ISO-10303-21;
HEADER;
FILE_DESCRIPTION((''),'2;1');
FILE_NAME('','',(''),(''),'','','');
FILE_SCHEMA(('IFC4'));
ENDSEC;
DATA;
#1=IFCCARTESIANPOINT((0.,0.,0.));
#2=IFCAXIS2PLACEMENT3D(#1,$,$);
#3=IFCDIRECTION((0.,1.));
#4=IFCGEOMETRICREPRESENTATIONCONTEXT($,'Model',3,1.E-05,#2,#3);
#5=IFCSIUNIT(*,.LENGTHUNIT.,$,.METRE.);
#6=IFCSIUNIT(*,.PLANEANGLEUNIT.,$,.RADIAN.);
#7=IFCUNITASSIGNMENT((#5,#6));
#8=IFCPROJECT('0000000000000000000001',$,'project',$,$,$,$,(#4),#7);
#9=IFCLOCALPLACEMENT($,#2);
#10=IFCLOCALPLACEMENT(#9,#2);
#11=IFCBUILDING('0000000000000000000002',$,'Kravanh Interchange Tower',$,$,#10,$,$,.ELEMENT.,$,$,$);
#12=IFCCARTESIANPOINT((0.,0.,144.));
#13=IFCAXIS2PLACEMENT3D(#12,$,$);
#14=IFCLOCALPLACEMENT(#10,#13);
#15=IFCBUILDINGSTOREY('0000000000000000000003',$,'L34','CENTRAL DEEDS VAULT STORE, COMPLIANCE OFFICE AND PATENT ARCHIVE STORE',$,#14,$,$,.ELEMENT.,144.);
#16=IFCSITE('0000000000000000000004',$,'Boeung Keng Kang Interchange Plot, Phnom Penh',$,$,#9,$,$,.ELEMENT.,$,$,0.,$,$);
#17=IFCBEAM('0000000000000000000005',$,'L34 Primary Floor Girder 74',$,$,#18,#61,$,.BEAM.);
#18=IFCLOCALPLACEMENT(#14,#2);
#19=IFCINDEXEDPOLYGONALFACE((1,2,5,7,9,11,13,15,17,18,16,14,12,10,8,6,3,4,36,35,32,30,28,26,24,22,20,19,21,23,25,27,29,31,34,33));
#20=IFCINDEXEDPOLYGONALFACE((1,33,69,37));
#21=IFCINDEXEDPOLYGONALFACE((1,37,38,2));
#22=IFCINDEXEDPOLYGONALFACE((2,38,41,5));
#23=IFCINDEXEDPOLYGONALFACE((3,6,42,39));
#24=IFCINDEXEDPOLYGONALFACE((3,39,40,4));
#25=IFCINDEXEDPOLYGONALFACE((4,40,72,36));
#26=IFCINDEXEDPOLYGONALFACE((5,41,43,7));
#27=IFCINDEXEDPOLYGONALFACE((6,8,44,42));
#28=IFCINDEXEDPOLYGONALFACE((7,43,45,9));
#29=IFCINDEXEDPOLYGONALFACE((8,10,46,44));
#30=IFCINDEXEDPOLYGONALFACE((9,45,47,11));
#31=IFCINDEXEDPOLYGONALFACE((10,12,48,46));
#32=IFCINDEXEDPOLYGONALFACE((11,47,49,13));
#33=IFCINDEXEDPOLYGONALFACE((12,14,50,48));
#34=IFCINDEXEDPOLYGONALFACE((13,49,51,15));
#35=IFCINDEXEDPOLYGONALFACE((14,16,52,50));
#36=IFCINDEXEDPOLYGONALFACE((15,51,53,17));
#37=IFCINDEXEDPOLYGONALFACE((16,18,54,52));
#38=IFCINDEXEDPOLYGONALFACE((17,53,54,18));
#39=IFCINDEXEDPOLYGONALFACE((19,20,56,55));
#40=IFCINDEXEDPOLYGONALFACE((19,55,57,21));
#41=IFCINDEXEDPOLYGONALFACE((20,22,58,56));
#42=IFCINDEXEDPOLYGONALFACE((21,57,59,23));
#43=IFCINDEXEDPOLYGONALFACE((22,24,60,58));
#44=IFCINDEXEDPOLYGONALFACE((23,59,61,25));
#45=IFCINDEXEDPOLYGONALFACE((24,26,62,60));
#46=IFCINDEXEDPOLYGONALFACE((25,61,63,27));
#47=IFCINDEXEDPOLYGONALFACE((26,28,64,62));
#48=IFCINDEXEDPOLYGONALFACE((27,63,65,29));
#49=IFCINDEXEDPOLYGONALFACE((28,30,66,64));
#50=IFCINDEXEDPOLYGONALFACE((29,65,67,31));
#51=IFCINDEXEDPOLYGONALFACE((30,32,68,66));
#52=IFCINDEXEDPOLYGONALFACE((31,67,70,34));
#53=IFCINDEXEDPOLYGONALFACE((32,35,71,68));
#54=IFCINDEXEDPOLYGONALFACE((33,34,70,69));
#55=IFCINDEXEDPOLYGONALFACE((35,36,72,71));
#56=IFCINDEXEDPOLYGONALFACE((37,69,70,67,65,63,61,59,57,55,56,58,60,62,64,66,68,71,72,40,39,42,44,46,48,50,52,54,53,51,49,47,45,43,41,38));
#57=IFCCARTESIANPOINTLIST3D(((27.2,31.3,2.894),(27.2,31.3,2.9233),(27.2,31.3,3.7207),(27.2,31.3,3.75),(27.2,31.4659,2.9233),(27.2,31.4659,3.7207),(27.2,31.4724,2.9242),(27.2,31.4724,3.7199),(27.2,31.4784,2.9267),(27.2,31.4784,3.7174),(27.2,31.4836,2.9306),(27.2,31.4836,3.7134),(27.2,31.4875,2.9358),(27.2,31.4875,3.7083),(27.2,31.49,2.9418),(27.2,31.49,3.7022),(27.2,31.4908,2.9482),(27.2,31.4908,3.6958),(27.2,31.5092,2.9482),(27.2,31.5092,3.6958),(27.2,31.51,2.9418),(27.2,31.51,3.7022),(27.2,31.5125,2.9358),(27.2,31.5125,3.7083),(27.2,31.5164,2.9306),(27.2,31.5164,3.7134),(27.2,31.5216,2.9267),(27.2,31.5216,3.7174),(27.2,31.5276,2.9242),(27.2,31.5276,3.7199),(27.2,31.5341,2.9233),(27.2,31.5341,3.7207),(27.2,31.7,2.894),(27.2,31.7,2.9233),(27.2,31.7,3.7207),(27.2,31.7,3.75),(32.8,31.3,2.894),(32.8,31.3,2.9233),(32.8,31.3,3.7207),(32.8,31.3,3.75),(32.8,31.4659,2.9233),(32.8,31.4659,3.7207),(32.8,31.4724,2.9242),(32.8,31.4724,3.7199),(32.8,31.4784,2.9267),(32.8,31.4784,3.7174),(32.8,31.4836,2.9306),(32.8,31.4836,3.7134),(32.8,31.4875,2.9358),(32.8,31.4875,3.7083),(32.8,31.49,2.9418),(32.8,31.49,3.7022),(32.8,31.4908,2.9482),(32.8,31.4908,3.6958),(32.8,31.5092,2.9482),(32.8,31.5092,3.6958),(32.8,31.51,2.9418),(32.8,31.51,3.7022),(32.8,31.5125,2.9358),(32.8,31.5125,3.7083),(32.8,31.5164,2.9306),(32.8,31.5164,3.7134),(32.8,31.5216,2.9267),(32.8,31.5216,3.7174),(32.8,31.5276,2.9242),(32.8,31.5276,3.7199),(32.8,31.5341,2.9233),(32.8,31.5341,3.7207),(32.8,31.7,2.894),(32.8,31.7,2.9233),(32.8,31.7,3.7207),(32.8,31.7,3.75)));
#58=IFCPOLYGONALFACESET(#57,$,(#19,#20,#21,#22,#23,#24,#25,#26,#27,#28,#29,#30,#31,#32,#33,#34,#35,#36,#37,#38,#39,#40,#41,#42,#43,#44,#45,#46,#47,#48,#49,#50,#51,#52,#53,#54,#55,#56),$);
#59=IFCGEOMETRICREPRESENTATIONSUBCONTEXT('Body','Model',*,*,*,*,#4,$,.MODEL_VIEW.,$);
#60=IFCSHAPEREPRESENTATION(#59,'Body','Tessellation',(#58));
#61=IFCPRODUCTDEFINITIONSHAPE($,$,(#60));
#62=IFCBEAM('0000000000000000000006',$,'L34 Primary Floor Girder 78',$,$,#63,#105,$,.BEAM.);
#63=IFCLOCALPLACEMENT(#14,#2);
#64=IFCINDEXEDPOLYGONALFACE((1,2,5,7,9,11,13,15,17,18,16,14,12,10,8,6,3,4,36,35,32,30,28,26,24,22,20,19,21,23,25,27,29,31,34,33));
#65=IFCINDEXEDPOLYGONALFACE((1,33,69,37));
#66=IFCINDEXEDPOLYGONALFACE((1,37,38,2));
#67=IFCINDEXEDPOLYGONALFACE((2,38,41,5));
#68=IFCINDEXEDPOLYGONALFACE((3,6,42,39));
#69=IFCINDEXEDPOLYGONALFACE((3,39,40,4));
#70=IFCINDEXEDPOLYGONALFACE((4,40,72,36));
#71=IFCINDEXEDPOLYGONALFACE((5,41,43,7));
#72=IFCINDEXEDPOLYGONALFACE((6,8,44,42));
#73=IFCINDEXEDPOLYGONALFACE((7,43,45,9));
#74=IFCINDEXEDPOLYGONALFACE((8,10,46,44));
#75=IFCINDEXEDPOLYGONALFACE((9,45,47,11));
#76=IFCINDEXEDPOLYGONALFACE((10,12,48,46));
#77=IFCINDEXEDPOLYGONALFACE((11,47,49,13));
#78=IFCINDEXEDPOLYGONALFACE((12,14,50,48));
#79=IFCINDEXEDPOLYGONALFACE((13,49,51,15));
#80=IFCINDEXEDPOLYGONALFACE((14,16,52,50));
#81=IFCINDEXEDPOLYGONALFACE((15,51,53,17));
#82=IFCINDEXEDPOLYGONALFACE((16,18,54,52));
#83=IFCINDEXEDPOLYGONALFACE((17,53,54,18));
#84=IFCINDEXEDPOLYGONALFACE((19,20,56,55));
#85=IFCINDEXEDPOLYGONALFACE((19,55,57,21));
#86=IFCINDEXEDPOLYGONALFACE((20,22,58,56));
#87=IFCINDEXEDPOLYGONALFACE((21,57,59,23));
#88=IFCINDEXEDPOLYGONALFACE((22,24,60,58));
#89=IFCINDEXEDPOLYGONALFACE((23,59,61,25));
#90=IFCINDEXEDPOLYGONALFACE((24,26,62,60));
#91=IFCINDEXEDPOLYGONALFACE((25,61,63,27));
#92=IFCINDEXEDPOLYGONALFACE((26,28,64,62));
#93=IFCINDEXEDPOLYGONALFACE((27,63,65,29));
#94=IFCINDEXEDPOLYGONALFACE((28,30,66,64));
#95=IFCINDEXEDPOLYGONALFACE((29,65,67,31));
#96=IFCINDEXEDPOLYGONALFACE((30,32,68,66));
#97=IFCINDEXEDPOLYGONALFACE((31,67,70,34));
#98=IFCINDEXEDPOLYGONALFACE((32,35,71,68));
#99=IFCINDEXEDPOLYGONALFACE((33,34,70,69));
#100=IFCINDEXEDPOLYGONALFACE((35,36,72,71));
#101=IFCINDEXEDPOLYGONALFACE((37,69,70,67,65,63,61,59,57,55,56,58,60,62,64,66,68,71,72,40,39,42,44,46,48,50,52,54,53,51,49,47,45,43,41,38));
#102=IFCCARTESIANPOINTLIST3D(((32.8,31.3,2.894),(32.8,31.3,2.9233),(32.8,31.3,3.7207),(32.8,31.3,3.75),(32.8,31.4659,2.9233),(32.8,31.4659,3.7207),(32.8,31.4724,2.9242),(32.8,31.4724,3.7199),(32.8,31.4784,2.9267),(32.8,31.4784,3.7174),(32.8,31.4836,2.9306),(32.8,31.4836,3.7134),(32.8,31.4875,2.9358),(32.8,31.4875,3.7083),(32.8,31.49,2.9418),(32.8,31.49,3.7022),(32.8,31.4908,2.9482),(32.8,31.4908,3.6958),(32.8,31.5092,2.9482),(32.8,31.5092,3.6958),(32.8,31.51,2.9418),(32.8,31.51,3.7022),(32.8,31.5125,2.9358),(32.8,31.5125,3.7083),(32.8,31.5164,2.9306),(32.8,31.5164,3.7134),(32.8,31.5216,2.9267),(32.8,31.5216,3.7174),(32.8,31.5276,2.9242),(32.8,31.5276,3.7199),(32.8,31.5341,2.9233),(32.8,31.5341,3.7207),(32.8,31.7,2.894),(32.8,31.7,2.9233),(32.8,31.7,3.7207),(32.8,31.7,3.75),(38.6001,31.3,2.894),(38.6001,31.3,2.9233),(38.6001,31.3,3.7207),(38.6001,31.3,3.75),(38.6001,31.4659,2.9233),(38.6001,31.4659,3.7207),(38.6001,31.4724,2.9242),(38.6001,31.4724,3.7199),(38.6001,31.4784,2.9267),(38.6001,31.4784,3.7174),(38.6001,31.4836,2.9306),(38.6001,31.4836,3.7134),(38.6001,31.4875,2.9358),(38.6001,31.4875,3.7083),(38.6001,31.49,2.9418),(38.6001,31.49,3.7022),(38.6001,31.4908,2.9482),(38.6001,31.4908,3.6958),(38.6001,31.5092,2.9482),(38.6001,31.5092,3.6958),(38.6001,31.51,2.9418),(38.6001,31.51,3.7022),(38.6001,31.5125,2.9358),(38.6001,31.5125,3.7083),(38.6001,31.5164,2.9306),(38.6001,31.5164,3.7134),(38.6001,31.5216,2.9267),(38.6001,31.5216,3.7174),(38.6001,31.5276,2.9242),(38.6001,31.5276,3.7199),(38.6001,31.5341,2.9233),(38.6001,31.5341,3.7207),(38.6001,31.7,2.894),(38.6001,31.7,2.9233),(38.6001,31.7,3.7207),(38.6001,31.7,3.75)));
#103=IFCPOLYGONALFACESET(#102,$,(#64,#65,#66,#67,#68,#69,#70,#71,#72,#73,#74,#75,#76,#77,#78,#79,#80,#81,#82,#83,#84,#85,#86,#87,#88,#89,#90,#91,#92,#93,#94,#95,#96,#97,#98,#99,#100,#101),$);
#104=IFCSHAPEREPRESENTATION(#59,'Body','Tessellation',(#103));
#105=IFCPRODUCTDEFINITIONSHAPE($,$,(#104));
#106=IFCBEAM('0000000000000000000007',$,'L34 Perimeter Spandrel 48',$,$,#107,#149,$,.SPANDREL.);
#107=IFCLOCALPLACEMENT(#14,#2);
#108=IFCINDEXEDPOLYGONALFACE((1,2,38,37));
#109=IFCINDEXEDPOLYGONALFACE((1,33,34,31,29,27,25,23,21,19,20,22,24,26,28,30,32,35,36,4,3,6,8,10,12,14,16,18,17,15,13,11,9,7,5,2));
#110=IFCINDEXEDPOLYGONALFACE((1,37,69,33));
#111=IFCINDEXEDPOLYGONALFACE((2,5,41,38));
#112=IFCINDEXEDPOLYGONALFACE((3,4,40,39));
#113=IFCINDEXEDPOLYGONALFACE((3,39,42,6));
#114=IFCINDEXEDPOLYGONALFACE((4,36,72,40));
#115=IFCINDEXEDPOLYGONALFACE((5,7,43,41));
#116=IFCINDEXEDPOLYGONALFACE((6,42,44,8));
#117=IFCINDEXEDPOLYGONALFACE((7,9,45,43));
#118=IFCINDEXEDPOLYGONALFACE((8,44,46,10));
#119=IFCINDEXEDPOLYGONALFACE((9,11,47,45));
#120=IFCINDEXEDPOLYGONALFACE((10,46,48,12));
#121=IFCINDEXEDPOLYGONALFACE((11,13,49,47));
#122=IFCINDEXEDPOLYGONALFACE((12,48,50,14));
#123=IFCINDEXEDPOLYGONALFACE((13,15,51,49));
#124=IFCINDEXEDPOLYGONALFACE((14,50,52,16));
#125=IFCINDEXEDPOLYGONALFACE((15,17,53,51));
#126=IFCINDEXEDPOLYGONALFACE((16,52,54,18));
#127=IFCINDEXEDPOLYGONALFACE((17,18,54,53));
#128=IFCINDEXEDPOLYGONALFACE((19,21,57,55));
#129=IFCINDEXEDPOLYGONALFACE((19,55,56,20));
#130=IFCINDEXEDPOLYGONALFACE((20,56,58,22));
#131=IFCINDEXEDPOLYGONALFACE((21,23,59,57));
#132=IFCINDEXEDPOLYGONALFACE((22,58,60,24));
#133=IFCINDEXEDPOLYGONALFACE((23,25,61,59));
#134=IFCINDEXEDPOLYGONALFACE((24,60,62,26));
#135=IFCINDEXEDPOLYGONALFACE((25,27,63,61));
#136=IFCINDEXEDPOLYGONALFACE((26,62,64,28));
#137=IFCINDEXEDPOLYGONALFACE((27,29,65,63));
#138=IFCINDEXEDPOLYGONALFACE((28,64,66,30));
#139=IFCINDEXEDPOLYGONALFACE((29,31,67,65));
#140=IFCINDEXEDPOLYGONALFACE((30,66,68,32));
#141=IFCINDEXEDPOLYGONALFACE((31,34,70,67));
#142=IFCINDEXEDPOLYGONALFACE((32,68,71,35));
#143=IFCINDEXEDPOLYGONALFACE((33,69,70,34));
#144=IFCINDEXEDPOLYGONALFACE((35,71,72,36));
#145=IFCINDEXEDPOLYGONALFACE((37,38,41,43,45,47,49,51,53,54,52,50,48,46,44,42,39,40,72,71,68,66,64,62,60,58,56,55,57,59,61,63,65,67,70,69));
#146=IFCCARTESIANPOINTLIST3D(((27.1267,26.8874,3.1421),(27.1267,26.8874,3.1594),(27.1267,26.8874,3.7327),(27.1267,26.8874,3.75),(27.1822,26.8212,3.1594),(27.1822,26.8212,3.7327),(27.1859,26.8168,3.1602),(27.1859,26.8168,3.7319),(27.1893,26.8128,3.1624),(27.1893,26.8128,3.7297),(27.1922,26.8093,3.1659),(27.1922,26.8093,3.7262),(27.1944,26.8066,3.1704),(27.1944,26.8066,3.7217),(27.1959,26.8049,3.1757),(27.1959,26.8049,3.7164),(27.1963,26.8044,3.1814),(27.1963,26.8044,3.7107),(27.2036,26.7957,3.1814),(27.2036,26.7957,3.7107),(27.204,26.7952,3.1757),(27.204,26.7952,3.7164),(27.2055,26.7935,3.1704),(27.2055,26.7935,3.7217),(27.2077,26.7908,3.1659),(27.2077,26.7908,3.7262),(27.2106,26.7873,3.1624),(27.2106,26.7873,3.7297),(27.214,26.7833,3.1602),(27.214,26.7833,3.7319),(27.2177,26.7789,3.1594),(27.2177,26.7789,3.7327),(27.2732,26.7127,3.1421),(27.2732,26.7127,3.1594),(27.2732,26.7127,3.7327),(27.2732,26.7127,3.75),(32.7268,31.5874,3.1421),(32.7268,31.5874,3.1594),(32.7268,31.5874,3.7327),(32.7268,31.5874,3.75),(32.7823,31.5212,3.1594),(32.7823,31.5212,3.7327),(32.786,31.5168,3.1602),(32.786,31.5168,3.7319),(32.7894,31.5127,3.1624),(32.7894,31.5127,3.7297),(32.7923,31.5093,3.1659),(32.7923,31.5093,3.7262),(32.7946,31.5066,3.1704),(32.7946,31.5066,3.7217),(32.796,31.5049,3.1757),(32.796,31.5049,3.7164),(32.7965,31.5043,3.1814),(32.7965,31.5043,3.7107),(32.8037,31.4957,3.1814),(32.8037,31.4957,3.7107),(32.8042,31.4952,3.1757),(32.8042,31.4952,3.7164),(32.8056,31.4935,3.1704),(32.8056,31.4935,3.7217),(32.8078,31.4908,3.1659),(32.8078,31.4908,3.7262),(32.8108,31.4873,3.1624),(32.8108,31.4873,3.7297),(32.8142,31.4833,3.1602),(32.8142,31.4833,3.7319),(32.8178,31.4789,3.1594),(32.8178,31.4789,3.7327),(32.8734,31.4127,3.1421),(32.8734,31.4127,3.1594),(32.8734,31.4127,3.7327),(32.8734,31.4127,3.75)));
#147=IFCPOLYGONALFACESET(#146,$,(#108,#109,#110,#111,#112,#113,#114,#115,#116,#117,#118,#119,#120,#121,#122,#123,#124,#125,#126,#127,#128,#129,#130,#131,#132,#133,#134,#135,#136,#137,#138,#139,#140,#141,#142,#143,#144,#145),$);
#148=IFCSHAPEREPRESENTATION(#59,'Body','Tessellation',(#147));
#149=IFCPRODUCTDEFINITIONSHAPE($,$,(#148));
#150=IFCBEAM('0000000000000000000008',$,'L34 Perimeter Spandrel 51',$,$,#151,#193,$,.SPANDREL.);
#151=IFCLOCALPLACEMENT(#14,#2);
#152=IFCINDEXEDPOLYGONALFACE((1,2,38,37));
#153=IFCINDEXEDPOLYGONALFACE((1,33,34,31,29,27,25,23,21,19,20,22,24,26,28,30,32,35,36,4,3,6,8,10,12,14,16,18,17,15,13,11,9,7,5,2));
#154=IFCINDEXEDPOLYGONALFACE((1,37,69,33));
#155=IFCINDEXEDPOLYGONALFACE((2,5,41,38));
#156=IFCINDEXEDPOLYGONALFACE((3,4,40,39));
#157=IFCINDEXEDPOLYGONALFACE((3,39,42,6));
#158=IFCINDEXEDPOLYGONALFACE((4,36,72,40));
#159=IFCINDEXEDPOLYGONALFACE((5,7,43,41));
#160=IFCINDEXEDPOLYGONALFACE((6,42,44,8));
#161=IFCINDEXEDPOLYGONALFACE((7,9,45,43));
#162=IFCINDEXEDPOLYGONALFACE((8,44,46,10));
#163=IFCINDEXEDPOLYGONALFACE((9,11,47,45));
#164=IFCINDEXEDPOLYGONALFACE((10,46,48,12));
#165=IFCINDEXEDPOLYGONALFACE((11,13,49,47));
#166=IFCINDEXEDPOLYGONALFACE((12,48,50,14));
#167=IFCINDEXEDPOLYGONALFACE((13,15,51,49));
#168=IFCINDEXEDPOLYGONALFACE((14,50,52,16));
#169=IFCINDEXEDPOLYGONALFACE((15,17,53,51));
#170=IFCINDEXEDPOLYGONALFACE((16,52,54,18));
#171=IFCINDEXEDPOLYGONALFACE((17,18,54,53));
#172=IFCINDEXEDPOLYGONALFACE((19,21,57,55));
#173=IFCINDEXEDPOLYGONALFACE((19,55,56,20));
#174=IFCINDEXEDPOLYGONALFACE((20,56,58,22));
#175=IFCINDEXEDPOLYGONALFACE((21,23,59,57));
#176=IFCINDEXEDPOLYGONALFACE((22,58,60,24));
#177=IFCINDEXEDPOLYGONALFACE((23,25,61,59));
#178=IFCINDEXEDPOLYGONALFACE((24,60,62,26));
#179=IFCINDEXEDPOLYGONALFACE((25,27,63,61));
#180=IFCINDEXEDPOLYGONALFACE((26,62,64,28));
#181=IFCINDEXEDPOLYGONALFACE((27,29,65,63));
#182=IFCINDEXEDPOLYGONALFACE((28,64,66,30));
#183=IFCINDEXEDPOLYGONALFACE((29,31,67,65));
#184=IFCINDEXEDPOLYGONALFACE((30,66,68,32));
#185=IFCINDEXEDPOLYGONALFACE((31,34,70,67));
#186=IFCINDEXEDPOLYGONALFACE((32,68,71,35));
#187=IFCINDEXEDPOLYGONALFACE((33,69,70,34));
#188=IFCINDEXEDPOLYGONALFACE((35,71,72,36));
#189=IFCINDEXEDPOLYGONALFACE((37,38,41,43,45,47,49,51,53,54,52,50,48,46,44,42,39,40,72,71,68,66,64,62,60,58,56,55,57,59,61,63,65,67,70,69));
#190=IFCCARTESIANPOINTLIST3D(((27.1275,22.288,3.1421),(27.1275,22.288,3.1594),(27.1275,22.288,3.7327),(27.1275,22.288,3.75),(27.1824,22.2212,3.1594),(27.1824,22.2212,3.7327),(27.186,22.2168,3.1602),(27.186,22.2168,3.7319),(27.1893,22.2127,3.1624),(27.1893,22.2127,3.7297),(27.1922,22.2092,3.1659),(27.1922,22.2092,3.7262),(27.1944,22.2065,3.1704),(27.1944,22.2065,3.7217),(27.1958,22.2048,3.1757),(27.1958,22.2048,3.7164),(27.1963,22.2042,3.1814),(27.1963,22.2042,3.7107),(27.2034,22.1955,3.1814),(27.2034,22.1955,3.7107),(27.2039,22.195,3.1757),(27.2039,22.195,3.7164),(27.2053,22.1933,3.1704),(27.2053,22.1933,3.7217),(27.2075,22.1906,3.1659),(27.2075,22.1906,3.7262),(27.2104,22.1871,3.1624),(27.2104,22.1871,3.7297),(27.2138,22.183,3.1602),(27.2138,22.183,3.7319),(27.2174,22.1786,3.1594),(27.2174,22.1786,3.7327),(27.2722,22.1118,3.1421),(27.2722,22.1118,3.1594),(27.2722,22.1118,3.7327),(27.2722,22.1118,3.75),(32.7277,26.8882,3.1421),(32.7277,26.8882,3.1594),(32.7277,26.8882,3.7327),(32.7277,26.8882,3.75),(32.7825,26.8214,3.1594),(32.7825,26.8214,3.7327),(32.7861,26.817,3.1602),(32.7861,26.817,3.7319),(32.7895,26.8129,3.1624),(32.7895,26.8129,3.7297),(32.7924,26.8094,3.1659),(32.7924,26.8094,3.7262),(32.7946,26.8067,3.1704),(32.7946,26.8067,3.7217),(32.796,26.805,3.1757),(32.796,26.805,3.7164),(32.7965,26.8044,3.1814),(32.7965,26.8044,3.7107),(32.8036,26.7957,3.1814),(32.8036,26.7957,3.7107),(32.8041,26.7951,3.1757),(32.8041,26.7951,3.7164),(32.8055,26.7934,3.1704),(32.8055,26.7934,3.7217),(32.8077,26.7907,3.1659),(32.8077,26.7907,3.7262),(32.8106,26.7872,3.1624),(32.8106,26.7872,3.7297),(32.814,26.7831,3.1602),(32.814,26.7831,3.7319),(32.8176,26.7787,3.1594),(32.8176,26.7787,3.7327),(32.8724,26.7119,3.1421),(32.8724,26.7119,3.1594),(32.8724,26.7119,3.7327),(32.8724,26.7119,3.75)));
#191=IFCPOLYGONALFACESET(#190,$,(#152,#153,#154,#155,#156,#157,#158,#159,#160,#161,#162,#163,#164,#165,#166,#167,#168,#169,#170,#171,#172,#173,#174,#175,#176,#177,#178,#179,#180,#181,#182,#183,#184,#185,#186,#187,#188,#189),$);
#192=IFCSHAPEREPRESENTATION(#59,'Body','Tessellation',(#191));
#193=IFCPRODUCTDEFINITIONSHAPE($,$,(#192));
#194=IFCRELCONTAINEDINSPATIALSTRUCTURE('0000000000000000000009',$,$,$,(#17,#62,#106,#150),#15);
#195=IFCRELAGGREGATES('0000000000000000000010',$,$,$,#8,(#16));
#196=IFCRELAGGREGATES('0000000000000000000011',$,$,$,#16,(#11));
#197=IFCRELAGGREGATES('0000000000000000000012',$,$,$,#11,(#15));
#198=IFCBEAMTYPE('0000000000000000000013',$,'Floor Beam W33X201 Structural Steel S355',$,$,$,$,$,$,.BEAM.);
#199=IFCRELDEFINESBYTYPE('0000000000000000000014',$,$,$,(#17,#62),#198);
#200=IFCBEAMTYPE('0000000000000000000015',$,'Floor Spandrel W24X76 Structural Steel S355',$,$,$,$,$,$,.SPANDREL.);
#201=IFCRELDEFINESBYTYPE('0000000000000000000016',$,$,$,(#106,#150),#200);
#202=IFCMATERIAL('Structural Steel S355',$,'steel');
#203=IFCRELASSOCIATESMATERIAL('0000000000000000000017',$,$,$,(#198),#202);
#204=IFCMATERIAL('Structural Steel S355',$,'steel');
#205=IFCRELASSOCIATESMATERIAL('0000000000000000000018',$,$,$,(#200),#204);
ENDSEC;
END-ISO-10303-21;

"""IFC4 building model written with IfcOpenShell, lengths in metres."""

from ifc_helpers import new_model, si_unit, direction, frame, origin, origin_2d, place, context, subcontext, project, spatial, i_section, extrude, material, material_profile, profile_set, type_object, element, save


model = new_model("IFC4")

# Units and contexts
model_context = context("Model", 3, precision=1e-05, world=origin(), true_north=direction((0.0, 1.0)))
body_context = subcontext(model_context, "Body", "Model", "MODEL_VIEW")
ifc_project = project(units=[si_unit("LENGTHUNIT", "METRE"), si_unit("PLANEANGLEUNIT", "RADIAN")], contexts=[model_context])

# Site, building, storey
site_placement = place(None, origin())
site = spatial("IfcSite", under=ifc_project, at=site_placement, Name="Boeung Keng Kang Interchange Plot, Phnom Penh", CompositionType="ELEMENT", RefElevation=0.0)
building_placement = place(site_placement, origin())
building = spatial("IfcBuilding", under=site, at=building_placement, Name="Kravanh Interchange Tower", CompositionType="ELEMENT")
storey_placement = place(building_placement, frame((0.0, 0.0, 144.0)))
storey = spatial("IfcBuildingStorey", under=building, at=storey_placement, Name="L34", Description="CENTRAL DEEDS VAULT STORE, COMPLIANCE OFFICE AND PATENT ARCHIVE STORE", CompositionType="ELEMENT", Elevation=144.0)

# Beams
ifc_material_1 = material(Name="Structural Steel S355", Category="steel")
ifc_material_profile_1 = material_profile(ifc_material_1, i_section(OverallWidth=0.3999, OverallDepth=0.856, WebThickness=0.0183, FlangeThickness=0.0293, FilletRadius=0.0249, at=origin_2d()), Name="W33X201")
ifc_profile_set_1 = profile_set([ifc_material_profile_1], Name="Structural Steel S355")
beam_type_1 = type_object("IfcBeamType", Name="Floor Beam W33X201 Structural Steel S355", PredefinedType="BEAM", material=ifc_profile_set_1)
beam_1_placement = place(storey_placement, frame((27.2, 31.5, 3.322), z_axis=(1.0, 0.0, 0.0), x_axis=(0.0, 1.0, 0.0)))
element("IfcBeam", 1, at=beam_1_placement, inside=storey, type_object=beam_type_1, Name="L34 Primary Floor Girder 74", PredefinedType="BEAM", context=body_context, shape_type="SweptSolid", body=[
    extrude(i_section(OverallWidth=0.3999, OverallDepth=0.856, WebThickness=0.0183, FlangeThickness=0.0293, FilletRadius=0.0249, at=origin_2d()), origin(), (0.0, 0.0, 1.0), 5.6001),
])
beam_2_placement = place(storey_placement, frame((32.8, 31.5, 3.322), z_axis=(1.0, 0.0, 0.0), x_axis=(0.0, 1.0, 0.0)))
element("IfcBeam", 2, at=beam_2_placement, inside=storey, type_object=beam_type_1, Name="L34 Primary Floor Girder 78", PredefinedType="BEAM", context=body_context, shape_type="SweptSolid", body=[
    extrude(i_section(OverallWidth=0.3999, OverallDepth=0.856, WebThickness=0.0183, FlangeThickness=0.0293, FilletRadius=0.0249, at=origin_2d()), origin(), (0.0, 0.0, 1.0), 5.8),
])
ifc_material_2 = material(Name="Structural Steel S355", Category="steel")
ifc_material_profile_2 = material_profile(ifc_material_2, i_section(OverallWidth=0.228, OverallDepth=0.6079, WebThickness=0.0112, FlangeThickness=0.0173, FilletRadius=0.022, at=origin_2d()), Name="W24X76")
ifc_profile_set_2 = profile_set([ifc_material_profile_2], Name="Structural Steel S355")
beam_type_2 = type_object("IfcBeamType", Name="Floor Spandrel W24X76 Structural Steel S355", PredefinedType="SPANDREL", material=ifc_profile_set_2)
beam_3_placement = place(storey_placement, frame((27.2, 26.8, 3.446), z_axis=(0.765983, 0.642861, 0.0), x_axis=(-0.642861, 0.765983, 0.0)))
element("IfcBeam", 3, at=beam_3_placement, inside=storey, type_object=beam_type_2, Name="L34 Perimeter Spandrel 48", PredefinedType="SPANDREL", context=body_context, shape_type="SweptSolid", body=[
    extrude(i_section(OverallWidth=0.228, OverallDepth=0.6079, WebThickness=0.0112, FlangeThickness=0.0173, FilletRadius=0.022, at=origin_2d()), origin(), (0.0, 0.0, 1.0), 7.311),
])
beam_4_placement = place(storey_placement, frame((32.8, 26.8, 3.446), z_axis=(-0.772725, -0.634741, 0.0), x_axis=(0.634741, -0.772725, 0.0)))
element("IfcBeam", 4, at=beam_4_placement, inside=storey, type_object=beam_type_2, Name="L34 Perimeter Spandrel 51", PredefinedType="SPANDREL", context=body_context, shape_type="SweptSolid", body=[
    extrude(i_section(OverallWidth=0.228, OverallDepth=0.6079, WebThickness=0.0112, FlangeThickness=0.0173, FilletRadius=0.022, at=origin_2d()), origin(), (0.0, 0.0, 1.0), 7.2473),
])

save(model, "model.ifc")
